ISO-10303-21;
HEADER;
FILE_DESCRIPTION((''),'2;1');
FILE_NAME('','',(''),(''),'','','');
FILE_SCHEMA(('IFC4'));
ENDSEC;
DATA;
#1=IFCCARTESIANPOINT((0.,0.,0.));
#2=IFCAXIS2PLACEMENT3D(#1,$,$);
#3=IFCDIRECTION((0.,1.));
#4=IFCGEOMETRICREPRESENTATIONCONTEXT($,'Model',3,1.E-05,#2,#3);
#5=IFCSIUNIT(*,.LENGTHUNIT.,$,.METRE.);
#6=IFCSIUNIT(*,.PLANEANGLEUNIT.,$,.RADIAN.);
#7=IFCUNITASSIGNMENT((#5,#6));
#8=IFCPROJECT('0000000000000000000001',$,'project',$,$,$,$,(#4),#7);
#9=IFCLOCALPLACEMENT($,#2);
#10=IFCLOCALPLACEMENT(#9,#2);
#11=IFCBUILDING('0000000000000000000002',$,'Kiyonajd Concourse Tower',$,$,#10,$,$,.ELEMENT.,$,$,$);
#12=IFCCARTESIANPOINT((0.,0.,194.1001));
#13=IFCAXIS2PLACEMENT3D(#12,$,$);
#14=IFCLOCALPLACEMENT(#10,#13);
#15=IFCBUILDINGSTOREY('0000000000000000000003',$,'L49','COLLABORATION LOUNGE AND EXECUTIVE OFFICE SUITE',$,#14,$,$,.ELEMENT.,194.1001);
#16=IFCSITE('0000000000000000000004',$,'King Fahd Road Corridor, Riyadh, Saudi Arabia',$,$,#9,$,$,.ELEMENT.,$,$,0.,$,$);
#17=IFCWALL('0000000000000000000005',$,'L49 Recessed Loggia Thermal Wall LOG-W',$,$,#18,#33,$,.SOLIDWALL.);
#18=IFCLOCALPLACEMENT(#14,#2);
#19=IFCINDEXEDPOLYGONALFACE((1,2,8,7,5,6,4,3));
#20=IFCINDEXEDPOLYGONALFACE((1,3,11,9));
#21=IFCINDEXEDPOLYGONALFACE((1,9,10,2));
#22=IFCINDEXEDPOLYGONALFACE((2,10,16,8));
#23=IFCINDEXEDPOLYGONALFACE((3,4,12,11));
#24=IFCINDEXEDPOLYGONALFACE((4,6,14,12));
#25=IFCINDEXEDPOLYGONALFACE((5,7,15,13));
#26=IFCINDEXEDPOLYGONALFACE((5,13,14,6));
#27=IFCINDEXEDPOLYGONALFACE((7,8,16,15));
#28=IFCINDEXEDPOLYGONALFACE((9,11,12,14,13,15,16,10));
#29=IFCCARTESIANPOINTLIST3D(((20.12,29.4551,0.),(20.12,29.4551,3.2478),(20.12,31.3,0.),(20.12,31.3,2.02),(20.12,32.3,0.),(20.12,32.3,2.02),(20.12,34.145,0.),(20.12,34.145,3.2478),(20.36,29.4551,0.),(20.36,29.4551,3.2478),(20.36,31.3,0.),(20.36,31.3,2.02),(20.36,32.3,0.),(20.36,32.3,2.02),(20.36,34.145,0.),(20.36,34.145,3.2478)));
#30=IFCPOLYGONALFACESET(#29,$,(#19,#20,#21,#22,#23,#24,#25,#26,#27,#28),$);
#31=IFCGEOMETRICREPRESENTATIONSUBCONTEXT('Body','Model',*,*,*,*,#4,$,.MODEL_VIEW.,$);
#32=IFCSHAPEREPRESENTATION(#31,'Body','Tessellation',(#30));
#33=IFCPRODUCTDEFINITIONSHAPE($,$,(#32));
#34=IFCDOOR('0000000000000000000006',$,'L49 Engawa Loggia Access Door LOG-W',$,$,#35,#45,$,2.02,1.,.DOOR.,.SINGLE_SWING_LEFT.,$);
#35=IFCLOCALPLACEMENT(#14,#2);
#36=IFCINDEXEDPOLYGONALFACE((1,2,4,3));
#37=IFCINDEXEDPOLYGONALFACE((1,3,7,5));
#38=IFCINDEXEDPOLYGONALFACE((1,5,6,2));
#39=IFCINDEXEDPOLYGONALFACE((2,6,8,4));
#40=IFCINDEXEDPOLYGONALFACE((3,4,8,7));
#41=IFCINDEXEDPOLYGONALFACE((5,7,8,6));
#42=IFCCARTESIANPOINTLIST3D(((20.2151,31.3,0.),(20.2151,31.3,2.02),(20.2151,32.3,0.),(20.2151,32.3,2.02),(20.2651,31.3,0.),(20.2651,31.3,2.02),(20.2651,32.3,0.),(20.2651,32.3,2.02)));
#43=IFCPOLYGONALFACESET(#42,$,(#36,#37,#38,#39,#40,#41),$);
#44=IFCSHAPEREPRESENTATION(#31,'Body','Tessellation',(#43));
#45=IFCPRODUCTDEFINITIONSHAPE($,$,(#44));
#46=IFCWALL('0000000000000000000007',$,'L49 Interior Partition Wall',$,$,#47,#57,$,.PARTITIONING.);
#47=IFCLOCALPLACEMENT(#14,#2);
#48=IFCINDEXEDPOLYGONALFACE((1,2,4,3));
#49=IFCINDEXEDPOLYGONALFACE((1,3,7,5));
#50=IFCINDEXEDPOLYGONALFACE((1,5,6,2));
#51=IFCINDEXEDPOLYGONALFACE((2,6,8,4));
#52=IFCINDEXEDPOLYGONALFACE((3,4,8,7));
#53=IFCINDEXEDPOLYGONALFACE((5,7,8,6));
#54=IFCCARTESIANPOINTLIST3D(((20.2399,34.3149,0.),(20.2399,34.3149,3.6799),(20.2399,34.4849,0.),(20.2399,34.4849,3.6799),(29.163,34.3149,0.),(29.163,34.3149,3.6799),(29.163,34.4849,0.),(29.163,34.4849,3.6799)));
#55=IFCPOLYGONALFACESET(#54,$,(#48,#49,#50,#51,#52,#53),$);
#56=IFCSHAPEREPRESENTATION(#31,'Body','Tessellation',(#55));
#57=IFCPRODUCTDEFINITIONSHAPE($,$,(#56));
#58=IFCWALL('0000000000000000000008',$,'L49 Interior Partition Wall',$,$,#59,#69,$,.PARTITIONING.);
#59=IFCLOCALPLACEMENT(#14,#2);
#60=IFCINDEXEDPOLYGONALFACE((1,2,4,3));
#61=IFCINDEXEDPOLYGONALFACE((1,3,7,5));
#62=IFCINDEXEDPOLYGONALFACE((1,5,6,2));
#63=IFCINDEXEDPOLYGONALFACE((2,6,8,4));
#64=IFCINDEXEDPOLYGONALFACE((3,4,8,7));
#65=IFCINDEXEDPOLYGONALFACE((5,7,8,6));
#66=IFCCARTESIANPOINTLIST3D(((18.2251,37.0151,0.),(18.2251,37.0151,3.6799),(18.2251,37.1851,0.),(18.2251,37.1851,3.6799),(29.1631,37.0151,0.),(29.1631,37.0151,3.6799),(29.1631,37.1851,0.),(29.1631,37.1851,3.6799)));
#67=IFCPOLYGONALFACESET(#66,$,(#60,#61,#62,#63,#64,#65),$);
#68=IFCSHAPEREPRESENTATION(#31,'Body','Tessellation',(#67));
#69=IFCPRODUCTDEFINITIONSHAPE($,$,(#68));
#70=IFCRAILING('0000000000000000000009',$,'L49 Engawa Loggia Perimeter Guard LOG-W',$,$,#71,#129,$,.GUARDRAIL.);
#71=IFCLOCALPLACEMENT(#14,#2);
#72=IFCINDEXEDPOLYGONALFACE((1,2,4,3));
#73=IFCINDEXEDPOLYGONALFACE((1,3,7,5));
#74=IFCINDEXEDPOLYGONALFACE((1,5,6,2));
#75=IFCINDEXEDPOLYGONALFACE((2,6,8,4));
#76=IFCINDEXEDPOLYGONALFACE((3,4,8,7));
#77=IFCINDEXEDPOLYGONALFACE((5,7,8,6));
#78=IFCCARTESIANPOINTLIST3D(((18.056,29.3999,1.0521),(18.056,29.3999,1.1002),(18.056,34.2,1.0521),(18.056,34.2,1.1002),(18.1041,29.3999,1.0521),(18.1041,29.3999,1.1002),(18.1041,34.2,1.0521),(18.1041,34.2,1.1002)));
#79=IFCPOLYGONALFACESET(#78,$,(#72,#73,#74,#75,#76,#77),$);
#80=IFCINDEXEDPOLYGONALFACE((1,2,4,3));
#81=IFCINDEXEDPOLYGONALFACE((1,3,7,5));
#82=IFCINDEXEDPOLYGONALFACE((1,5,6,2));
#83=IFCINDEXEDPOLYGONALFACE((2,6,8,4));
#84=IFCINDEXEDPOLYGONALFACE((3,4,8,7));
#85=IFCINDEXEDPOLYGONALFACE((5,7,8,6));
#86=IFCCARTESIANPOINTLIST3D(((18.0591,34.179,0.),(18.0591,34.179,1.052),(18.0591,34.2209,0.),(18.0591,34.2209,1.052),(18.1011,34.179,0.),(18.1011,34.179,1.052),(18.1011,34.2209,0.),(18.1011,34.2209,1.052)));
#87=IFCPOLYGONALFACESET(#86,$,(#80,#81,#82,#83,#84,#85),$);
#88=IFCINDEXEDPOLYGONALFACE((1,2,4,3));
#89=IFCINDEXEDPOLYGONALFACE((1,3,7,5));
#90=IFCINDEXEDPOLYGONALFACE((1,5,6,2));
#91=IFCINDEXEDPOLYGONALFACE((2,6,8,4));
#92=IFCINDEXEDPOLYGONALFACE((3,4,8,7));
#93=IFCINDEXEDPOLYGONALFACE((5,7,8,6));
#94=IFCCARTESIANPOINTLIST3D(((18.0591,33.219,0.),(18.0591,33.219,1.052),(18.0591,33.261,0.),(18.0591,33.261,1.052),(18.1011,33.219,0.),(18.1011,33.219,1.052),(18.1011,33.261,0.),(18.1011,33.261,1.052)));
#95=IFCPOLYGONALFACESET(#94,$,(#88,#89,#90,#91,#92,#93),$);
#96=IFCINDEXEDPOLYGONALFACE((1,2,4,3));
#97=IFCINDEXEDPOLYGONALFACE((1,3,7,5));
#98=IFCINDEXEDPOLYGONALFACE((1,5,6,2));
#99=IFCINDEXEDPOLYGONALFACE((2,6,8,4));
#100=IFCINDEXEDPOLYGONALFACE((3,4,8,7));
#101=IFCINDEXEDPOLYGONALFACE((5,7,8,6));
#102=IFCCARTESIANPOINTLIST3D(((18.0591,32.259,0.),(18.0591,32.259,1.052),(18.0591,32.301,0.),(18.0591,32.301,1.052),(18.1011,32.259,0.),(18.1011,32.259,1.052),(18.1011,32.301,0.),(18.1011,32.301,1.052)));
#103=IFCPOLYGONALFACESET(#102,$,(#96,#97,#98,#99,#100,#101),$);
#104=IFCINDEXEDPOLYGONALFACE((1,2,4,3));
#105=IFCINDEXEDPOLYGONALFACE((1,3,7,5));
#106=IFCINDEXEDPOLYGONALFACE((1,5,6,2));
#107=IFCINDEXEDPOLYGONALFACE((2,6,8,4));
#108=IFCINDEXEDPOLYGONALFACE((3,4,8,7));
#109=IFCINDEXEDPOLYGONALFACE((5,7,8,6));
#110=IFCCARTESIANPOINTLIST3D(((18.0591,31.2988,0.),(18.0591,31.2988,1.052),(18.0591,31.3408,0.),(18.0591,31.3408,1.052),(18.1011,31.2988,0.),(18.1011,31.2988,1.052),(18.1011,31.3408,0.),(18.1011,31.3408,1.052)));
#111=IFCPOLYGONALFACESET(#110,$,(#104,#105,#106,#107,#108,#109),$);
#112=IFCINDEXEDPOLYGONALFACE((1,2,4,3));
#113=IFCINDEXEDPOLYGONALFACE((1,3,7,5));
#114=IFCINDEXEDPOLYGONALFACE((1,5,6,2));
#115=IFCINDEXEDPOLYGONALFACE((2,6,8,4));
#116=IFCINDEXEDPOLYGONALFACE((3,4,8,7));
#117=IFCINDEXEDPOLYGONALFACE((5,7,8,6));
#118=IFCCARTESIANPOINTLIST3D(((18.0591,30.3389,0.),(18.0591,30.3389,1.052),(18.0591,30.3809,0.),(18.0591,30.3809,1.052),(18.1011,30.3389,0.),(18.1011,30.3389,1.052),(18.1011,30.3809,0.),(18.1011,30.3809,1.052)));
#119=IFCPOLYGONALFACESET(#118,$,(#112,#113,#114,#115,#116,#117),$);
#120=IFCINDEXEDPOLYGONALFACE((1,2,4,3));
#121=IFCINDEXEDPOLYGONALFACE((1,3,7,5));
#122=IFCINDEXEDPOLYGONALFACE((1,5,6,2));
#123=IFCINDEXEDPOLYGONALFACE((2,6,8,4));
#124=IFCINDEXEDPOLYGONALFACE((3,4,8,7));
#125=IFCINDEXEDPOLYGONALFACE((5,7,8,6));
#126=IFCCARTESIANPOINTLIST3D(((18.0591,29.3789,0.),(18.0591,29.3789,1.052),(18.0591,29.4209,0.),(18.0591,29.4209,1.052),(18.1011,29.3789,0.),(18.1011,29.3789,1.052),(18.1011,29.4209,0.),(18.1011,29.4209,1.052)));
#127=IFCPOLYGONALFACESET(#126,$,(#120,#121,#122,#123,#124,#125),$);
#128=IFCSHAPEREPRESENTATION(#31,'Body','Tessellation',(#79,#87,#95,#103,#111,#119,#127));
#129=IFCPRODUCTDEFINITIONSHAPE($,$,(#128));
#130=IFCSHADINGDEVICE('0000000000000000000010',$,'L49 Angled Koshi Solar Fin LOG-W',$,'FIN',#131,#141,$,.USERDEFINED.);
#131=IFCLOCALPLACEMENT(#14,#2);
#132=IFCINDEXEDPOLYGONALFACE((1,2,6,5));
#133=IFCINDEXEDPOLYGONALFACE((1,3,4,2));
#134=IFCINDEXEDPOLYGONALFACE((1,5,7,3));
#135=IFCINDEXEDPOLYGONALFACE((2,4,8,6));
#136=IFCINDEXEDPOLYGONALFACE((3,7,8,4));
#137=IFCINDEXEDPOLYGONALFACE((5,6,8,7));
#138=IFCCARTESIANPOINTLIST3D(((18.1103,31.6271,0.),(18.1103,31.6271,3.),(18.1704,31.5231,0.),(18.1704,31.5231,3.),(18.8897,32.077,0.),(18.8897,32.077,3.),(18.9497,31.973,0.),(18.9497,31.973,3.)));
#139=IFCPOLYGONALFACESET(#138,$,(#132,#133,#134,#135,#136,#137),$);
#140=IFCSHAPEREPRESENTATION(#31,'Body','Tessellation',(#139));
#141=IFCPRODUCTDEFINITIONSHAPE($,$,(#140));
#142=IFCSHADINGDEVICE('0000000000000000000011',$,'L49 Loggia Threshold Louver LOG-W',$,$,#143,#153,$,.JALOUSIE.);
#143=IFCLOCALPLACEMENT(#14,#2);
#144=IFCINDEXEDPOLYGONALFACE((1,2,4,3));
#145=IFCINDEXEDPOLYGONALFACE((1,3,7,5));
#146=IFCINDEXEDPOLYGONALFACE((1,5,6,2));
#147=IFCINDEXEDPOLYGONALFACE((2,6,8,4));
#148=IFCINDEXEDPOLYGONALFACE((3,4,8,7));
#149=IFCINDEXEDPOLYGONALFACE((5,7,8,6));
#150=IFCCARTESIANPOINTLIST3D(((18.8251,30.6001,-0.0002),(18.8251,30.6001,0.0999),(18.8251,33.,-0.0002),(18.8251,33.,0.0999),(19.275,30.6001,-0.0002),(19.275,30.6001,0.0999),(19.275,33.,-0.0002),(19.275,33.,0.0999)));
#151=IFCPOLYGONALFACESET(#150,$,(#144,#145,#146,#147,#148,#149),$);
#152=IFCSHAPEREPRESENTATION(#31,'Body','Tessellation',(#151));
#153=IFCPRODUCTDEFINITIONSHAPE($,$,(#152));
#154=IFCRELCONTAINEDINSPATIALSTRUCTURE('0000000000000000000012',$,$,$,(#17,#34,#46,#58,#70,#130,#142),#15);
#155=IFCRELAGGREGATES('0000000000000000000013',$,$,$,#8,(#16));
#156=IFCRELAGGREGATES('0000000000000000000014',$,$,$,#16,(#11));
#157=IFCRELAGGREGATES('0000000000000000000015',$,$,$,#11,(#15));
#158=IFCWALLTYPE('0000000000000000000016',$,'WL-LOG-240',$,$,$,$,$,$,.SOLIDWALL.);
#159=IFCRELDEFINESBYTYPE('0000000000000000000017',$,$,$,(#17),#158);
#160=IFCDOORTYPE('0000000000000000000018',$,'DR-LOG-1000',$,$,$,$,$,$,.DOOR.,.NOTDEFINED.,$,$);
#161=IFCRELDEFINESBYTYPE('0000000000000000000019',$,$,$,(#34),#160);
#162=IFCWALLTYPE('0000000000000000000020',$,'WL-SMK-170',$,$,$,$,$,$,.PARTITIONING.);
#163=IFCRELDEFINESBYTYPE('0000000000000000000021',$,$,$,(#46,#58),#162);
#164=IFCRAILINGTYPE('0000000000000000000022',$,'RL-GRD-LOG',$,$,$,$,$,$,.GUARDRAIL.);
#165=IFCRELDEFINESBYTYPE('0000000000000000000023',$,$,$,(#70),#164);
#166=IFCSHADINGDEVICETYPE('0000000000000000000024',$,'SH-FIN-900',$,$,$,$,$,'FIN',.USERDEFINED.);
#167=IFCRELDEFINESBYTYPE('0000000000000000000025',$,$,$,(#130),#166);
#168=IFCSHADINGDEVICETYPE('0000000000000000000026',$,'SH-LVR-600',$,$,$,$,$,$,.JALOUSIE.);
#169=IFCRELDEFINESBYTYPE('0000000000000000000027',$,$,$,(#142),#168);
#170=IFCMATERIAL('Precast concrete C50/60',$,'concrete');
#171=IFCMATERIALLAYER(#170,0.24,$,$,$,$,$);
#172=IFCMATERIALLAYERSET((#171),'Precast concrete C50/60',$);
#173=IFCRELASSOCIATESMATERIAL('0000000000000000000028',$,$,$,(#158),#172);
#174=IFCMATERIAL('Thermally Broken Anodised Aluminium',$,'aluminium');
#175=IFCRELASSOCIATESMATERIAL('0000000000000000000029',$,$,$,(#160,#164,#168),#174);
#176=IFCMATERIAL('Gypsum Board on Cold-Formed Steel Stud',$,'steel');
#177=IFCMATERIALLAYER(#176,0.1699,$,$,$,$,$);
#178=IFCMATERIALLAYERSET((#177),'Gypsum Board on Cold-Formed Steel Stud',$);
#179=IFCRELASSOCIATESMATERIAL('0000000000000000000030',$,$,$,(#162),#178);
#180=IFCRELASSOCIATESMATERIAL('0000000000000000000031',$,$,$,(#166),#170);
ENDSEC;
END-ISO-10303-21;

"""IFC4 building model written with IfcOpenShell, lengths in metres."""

from ifc_helpers import new_model, si_unit, direction, frame, frame_2d, origin, origin_2d, place, context, subcontext, project, spatial, rectangle, extrude, material, layer, layer_set, type_object, element, fill, save


model = new_model("IFC4")

# Units and contexts
model_context = context("Model", 3, precision=1e-05, world=origin(), true_north=direction((0.0, 1.0)))
body_context = subcontext(model_context, "Body", "Model", "MODEL_VIEW")
ifc_project = project(units=[si_unit("LENGTHUNIT", "METRE"), si_unit("PLANEANGLEUNIT", "RADIAN")], contexts=[model_context])

# Site, building, storey
site_placement = place(None, origin())
site = spatial("IfcSite", under=ifc_project, at=site_placement, Name="King Fahd Road Corridor, Riyadh, Saudi Arabia", CompositionType="ELEMENT", RefElevation=0.0)
building_placement = place(site_placement, origin())
building = spatial("IfcBuilding", under=site, at=building_placement, Name="Kiyonajd Concourse Tower", CompositionType="ELEMENT")
storey_placement = place(building_placement, frame((0.0, 0.0, 194.1001)))
storey = spatial("IfcBuildingStorey", under=building, at=storey_placement, Name="L49", Description="COLLABORATION LOUNGE AND EXECUTIVE OFFICE SUITE", CompositionType="ELEMENT", Elevation=194.1001)

# Shared definitions
ifc_material_1 = material(Name="Thermally Broken Anodised Aluminium", Category="aluminium")

# Shared definitions
ifc_material_2 = material(Name="Precast concrete C50/60", Category="concrete")

# Wall, opening, door
ifc_layer_1 = layer(ifc_material_2, 0.24)
ifc_layer_set_1 = layer_set([ifc_layer_1], Name="Precast concrete C50/60")
wall_type_1 = type_object("IfcWallType", Name="WL-LOG-240", PredefinedType="SOLIDWALL", material=ifc_layer_set_1)
wall_1_placement = place(storey_placement, frame((20.24, 29.4551, 0.0), z_axis=(0.0, 0.0, 1.0), x_axis=(0.0, 1.0, 0.0)))
wall_1 = element("IfcWall", 1, at=wall_1_placement, inside=storey, type_object=wall_type_1, Name="L49 Recessed Loggia Thermal Wall LOG-W", PredefinedType="SOLIDWALL", context=body_context, shape_type="SweptSolid", body=[
    extrude(rectangle(XDim=4.6899, YDim=0.24, at=frame_2d((2.345, 0.0))), origin(), (0.0, 0.0, 1.0), 3.2478),
])
opening_placement = place(wall_1_placement, frame((1.845, 0.0, 0.0)))
opening = element("IfcOpeningElement", 2, at=opening_placement, cuts=wall_1, PredefinedType="OPENING", context=body_context, shape_type="SweptSolid", body=[
    extrude(rectangle(XDim=1.0, YDim=2.02, at=frame_2d((0.5, 1.01))), frame((0.0, 0.1299, 0.0), z_axis=(0.0, -1.0, 0.0), x_axis=(1.0, 0.0, 0.0)), (0.0, 0.0, 1.0), 0.26),
])
door_type = type_object("IfcDoorType", Name="DR-LOG-1000", OperationType="NOTDEFINED", PredefinedType="DOOR", material=ifc_material_1)
door_placement = place(opening_placement, origin())
door = element("IfcDoor", 3, at=door_placement, inside=storey, type_object=door_type, Name="L49 Engawa Loggia Access Door LOG-W", OperationType="SINGLE_SWING_LEFT", OverallHeight=2.02, OverallWidth=1.0, PredefinedType="DOOR", context=body_context, shape_type="SweptSolid", body=[
    extrude(rectangle(XDim=1.0, YDim=2.02, at=frame_2d((0.5, 1.01))), frame((0.0, 0.0249, 0.0), z_axis=(0.0, -1.0, 0.0), x_axis=(1.0, 0.0, 0.0)), (0.0, 0.0, 1.0), 0.05),
])
fill(opening, door)

# Walls
ifc_material_3 = material(Name="Gypsum Board on Cold-Formed Steel Stud", Category="steel")
ifc_layer_2 = layer(ifc_material_3, 0.1699)
ifc_layer_set_2 = layer_set([ifc_layer_2], Name="Gypsum Board on Cold-Formed Steel Stud")
wall_type_2 = type_object("IfcWallType", Name="WL-SMK-170", PredefinedType="PARTITIONING", material=ifc_layer_set_2)
wall_2_placement = place(storey_placement, frame((20.24, 34.3999, 0.0), z_axis=(0.0, 0.0, 1.0), x_axis=(1.0, 0.0, 0.0)))
element("IfcWall", 4, at=wall_2_placement, inside=storey, type_object=wall_type_2, Name="L49 Interior Partition Wall", PredefinedType="PARTITIONING", context=body_context, shape_type="SweptSolid", body=[
    extrude(rectangle(XDim=8.9231, YDim=0.1699, at=frame_2d((4.4614, 0.0))), origin(), (0.0, 0.0, 1.0), 3.6799),
])
wall_3_placement = place(storey_placement, frame((18.2251, 37.1001, 0.0), z_axis=(0.0, 0.0, 1.0), x_axis=(1.0, 0.0, 0.0)))
element("IfcWall", 5, at=wall_3_placement, inside=storey, type_object=wall_type_2, Name="L49 Interior Partition Wall", PredefinedType="PARTITIONING", context=body_context, shape_type="SweptSolid", body=[
    extrude(rectangle(XDim=10.938, YDim=0.1699, at=frame_2d((5.469, 0.0))), origin(), (0.0, 0.0, 1.0), 3.6799),
])

# Railing
railing_type = type_object("IfcRailingType", Name="RL-GRD-LOG", PredefinedType="GUARDRAIL", material=ifc_material_1)
railing_placement = place(storey_placement, frame((18.0801, 34.2, 0.0)))
element("IfcRailing", 6, at=railing_placement, inside=storey, type_object=railing_type, Name="L49 Engawa Loggia Perimeter Guard LOG-W", PredefinedType="GUARDRAIL", context=body_context, shape_type="SweptSolid", body=[
    extrude(rectangle(XDim=0.0481, YDim=0.0481, at=origin_2d()), frame((0.0, 0.0, 1.0762), z_axis=(0.0, -1.0, 0.0), x_axis=(1.0, 0.0, 0.0)), (0.0, 0.0, 1.0), 4.8),
    extrude(rectangle(XDim=0.042, YDim=0.042, at=origin_2d()), origin(), (0.0, 0.0, 1.0), 1.052),
    extrude(rectangle(XDim=0.042, YDim=0.042, at=origin_2d()), frame((0.0, -0.96, 0.0)), (0.0, 0.0, 1.0), 1.052),
    extrude(rectangle(XDim=0.042, YDim=0.042, at=origin_2d()), frame((0.0, -1.9199, 0.0)), (0.0, 0.0, 1.0), 1.052),
    extrude(rectangle(XDim=0.042, YDim=0.042, at=origin_2d()), frame((0.0, -2.8801, 0.0)), (0.0, 0.0, 1.0), 1.052),
    extrude(rectangle(XDim=0.042, YDim=0.042, at=origin_2d()), frame((0.0, -3.8401, 0.0)), (0.0, 0.0, 1.0), 1.052),
    extrude(rectangle(XDim=0.042, YDim=0.042, at=origin_2d()), frame((0.0, -4.8, 0.0)), (0.0, 0.0, 1.0), 1.052),
])

# Shading devices
shading_device_type_1 = type_object("IfcShadingDeviceType", Name="SH-FIN-900", ElementType="FIN", PredefinedType="USERDEFINED", material=ifc_material_2)
shading_device_1_placement = place(storey_placement, frame((18.53, 31.8, 0.0), z_axis=(0.0, 0.0, 1.0), x_axis=(0.866025, 0.5, 0.0)))
element("IfcShadingDevice", 7, at=shading_device_1_placement, inside=storey, type_object=shading_device_type_1, Name="L49 Angled Koshi Solar Fin LOG-W", ObjectType="FIN", PredefinedType="USERDEFINED", context=body_context, shape_type="SweptSolid", body=[
    extrude(rectangle(XDim=0.8999, YDim=0.1201, at=origin_2d()), origin(), (0.0, 0.0, 1.0), 3.0),
])
shading_device_type_2 = type_object("IfcShadingDeviceType", Name="SH-LVR-600", PredefinedType="JALOUSIE", material=ifc_material_1)
shading_device_2_placement = place(storey_placement, frame((19.05, 31.8, -0.0002), z_axis=(0.0, 0.0, 1.0), x_axis=(0.0, 1.0, 0.0)))
element("IfcShadingDevice", 8, at=shading_device_2_placement, inside=storey, type_object=shading_device_type_2, Name="L49 Loggia Threshold Louver LOG-W", PredefinedType="JALOUSIE", context=body_context, shape_type="SweptSolid", body=[
    extrude(rectangle(XDim=2.3999, YDim=0.45, at=origin_2d()), origin(), (0.0, 0.0, 1.0), 0.1001),
])

save(model, "model.ifc")
